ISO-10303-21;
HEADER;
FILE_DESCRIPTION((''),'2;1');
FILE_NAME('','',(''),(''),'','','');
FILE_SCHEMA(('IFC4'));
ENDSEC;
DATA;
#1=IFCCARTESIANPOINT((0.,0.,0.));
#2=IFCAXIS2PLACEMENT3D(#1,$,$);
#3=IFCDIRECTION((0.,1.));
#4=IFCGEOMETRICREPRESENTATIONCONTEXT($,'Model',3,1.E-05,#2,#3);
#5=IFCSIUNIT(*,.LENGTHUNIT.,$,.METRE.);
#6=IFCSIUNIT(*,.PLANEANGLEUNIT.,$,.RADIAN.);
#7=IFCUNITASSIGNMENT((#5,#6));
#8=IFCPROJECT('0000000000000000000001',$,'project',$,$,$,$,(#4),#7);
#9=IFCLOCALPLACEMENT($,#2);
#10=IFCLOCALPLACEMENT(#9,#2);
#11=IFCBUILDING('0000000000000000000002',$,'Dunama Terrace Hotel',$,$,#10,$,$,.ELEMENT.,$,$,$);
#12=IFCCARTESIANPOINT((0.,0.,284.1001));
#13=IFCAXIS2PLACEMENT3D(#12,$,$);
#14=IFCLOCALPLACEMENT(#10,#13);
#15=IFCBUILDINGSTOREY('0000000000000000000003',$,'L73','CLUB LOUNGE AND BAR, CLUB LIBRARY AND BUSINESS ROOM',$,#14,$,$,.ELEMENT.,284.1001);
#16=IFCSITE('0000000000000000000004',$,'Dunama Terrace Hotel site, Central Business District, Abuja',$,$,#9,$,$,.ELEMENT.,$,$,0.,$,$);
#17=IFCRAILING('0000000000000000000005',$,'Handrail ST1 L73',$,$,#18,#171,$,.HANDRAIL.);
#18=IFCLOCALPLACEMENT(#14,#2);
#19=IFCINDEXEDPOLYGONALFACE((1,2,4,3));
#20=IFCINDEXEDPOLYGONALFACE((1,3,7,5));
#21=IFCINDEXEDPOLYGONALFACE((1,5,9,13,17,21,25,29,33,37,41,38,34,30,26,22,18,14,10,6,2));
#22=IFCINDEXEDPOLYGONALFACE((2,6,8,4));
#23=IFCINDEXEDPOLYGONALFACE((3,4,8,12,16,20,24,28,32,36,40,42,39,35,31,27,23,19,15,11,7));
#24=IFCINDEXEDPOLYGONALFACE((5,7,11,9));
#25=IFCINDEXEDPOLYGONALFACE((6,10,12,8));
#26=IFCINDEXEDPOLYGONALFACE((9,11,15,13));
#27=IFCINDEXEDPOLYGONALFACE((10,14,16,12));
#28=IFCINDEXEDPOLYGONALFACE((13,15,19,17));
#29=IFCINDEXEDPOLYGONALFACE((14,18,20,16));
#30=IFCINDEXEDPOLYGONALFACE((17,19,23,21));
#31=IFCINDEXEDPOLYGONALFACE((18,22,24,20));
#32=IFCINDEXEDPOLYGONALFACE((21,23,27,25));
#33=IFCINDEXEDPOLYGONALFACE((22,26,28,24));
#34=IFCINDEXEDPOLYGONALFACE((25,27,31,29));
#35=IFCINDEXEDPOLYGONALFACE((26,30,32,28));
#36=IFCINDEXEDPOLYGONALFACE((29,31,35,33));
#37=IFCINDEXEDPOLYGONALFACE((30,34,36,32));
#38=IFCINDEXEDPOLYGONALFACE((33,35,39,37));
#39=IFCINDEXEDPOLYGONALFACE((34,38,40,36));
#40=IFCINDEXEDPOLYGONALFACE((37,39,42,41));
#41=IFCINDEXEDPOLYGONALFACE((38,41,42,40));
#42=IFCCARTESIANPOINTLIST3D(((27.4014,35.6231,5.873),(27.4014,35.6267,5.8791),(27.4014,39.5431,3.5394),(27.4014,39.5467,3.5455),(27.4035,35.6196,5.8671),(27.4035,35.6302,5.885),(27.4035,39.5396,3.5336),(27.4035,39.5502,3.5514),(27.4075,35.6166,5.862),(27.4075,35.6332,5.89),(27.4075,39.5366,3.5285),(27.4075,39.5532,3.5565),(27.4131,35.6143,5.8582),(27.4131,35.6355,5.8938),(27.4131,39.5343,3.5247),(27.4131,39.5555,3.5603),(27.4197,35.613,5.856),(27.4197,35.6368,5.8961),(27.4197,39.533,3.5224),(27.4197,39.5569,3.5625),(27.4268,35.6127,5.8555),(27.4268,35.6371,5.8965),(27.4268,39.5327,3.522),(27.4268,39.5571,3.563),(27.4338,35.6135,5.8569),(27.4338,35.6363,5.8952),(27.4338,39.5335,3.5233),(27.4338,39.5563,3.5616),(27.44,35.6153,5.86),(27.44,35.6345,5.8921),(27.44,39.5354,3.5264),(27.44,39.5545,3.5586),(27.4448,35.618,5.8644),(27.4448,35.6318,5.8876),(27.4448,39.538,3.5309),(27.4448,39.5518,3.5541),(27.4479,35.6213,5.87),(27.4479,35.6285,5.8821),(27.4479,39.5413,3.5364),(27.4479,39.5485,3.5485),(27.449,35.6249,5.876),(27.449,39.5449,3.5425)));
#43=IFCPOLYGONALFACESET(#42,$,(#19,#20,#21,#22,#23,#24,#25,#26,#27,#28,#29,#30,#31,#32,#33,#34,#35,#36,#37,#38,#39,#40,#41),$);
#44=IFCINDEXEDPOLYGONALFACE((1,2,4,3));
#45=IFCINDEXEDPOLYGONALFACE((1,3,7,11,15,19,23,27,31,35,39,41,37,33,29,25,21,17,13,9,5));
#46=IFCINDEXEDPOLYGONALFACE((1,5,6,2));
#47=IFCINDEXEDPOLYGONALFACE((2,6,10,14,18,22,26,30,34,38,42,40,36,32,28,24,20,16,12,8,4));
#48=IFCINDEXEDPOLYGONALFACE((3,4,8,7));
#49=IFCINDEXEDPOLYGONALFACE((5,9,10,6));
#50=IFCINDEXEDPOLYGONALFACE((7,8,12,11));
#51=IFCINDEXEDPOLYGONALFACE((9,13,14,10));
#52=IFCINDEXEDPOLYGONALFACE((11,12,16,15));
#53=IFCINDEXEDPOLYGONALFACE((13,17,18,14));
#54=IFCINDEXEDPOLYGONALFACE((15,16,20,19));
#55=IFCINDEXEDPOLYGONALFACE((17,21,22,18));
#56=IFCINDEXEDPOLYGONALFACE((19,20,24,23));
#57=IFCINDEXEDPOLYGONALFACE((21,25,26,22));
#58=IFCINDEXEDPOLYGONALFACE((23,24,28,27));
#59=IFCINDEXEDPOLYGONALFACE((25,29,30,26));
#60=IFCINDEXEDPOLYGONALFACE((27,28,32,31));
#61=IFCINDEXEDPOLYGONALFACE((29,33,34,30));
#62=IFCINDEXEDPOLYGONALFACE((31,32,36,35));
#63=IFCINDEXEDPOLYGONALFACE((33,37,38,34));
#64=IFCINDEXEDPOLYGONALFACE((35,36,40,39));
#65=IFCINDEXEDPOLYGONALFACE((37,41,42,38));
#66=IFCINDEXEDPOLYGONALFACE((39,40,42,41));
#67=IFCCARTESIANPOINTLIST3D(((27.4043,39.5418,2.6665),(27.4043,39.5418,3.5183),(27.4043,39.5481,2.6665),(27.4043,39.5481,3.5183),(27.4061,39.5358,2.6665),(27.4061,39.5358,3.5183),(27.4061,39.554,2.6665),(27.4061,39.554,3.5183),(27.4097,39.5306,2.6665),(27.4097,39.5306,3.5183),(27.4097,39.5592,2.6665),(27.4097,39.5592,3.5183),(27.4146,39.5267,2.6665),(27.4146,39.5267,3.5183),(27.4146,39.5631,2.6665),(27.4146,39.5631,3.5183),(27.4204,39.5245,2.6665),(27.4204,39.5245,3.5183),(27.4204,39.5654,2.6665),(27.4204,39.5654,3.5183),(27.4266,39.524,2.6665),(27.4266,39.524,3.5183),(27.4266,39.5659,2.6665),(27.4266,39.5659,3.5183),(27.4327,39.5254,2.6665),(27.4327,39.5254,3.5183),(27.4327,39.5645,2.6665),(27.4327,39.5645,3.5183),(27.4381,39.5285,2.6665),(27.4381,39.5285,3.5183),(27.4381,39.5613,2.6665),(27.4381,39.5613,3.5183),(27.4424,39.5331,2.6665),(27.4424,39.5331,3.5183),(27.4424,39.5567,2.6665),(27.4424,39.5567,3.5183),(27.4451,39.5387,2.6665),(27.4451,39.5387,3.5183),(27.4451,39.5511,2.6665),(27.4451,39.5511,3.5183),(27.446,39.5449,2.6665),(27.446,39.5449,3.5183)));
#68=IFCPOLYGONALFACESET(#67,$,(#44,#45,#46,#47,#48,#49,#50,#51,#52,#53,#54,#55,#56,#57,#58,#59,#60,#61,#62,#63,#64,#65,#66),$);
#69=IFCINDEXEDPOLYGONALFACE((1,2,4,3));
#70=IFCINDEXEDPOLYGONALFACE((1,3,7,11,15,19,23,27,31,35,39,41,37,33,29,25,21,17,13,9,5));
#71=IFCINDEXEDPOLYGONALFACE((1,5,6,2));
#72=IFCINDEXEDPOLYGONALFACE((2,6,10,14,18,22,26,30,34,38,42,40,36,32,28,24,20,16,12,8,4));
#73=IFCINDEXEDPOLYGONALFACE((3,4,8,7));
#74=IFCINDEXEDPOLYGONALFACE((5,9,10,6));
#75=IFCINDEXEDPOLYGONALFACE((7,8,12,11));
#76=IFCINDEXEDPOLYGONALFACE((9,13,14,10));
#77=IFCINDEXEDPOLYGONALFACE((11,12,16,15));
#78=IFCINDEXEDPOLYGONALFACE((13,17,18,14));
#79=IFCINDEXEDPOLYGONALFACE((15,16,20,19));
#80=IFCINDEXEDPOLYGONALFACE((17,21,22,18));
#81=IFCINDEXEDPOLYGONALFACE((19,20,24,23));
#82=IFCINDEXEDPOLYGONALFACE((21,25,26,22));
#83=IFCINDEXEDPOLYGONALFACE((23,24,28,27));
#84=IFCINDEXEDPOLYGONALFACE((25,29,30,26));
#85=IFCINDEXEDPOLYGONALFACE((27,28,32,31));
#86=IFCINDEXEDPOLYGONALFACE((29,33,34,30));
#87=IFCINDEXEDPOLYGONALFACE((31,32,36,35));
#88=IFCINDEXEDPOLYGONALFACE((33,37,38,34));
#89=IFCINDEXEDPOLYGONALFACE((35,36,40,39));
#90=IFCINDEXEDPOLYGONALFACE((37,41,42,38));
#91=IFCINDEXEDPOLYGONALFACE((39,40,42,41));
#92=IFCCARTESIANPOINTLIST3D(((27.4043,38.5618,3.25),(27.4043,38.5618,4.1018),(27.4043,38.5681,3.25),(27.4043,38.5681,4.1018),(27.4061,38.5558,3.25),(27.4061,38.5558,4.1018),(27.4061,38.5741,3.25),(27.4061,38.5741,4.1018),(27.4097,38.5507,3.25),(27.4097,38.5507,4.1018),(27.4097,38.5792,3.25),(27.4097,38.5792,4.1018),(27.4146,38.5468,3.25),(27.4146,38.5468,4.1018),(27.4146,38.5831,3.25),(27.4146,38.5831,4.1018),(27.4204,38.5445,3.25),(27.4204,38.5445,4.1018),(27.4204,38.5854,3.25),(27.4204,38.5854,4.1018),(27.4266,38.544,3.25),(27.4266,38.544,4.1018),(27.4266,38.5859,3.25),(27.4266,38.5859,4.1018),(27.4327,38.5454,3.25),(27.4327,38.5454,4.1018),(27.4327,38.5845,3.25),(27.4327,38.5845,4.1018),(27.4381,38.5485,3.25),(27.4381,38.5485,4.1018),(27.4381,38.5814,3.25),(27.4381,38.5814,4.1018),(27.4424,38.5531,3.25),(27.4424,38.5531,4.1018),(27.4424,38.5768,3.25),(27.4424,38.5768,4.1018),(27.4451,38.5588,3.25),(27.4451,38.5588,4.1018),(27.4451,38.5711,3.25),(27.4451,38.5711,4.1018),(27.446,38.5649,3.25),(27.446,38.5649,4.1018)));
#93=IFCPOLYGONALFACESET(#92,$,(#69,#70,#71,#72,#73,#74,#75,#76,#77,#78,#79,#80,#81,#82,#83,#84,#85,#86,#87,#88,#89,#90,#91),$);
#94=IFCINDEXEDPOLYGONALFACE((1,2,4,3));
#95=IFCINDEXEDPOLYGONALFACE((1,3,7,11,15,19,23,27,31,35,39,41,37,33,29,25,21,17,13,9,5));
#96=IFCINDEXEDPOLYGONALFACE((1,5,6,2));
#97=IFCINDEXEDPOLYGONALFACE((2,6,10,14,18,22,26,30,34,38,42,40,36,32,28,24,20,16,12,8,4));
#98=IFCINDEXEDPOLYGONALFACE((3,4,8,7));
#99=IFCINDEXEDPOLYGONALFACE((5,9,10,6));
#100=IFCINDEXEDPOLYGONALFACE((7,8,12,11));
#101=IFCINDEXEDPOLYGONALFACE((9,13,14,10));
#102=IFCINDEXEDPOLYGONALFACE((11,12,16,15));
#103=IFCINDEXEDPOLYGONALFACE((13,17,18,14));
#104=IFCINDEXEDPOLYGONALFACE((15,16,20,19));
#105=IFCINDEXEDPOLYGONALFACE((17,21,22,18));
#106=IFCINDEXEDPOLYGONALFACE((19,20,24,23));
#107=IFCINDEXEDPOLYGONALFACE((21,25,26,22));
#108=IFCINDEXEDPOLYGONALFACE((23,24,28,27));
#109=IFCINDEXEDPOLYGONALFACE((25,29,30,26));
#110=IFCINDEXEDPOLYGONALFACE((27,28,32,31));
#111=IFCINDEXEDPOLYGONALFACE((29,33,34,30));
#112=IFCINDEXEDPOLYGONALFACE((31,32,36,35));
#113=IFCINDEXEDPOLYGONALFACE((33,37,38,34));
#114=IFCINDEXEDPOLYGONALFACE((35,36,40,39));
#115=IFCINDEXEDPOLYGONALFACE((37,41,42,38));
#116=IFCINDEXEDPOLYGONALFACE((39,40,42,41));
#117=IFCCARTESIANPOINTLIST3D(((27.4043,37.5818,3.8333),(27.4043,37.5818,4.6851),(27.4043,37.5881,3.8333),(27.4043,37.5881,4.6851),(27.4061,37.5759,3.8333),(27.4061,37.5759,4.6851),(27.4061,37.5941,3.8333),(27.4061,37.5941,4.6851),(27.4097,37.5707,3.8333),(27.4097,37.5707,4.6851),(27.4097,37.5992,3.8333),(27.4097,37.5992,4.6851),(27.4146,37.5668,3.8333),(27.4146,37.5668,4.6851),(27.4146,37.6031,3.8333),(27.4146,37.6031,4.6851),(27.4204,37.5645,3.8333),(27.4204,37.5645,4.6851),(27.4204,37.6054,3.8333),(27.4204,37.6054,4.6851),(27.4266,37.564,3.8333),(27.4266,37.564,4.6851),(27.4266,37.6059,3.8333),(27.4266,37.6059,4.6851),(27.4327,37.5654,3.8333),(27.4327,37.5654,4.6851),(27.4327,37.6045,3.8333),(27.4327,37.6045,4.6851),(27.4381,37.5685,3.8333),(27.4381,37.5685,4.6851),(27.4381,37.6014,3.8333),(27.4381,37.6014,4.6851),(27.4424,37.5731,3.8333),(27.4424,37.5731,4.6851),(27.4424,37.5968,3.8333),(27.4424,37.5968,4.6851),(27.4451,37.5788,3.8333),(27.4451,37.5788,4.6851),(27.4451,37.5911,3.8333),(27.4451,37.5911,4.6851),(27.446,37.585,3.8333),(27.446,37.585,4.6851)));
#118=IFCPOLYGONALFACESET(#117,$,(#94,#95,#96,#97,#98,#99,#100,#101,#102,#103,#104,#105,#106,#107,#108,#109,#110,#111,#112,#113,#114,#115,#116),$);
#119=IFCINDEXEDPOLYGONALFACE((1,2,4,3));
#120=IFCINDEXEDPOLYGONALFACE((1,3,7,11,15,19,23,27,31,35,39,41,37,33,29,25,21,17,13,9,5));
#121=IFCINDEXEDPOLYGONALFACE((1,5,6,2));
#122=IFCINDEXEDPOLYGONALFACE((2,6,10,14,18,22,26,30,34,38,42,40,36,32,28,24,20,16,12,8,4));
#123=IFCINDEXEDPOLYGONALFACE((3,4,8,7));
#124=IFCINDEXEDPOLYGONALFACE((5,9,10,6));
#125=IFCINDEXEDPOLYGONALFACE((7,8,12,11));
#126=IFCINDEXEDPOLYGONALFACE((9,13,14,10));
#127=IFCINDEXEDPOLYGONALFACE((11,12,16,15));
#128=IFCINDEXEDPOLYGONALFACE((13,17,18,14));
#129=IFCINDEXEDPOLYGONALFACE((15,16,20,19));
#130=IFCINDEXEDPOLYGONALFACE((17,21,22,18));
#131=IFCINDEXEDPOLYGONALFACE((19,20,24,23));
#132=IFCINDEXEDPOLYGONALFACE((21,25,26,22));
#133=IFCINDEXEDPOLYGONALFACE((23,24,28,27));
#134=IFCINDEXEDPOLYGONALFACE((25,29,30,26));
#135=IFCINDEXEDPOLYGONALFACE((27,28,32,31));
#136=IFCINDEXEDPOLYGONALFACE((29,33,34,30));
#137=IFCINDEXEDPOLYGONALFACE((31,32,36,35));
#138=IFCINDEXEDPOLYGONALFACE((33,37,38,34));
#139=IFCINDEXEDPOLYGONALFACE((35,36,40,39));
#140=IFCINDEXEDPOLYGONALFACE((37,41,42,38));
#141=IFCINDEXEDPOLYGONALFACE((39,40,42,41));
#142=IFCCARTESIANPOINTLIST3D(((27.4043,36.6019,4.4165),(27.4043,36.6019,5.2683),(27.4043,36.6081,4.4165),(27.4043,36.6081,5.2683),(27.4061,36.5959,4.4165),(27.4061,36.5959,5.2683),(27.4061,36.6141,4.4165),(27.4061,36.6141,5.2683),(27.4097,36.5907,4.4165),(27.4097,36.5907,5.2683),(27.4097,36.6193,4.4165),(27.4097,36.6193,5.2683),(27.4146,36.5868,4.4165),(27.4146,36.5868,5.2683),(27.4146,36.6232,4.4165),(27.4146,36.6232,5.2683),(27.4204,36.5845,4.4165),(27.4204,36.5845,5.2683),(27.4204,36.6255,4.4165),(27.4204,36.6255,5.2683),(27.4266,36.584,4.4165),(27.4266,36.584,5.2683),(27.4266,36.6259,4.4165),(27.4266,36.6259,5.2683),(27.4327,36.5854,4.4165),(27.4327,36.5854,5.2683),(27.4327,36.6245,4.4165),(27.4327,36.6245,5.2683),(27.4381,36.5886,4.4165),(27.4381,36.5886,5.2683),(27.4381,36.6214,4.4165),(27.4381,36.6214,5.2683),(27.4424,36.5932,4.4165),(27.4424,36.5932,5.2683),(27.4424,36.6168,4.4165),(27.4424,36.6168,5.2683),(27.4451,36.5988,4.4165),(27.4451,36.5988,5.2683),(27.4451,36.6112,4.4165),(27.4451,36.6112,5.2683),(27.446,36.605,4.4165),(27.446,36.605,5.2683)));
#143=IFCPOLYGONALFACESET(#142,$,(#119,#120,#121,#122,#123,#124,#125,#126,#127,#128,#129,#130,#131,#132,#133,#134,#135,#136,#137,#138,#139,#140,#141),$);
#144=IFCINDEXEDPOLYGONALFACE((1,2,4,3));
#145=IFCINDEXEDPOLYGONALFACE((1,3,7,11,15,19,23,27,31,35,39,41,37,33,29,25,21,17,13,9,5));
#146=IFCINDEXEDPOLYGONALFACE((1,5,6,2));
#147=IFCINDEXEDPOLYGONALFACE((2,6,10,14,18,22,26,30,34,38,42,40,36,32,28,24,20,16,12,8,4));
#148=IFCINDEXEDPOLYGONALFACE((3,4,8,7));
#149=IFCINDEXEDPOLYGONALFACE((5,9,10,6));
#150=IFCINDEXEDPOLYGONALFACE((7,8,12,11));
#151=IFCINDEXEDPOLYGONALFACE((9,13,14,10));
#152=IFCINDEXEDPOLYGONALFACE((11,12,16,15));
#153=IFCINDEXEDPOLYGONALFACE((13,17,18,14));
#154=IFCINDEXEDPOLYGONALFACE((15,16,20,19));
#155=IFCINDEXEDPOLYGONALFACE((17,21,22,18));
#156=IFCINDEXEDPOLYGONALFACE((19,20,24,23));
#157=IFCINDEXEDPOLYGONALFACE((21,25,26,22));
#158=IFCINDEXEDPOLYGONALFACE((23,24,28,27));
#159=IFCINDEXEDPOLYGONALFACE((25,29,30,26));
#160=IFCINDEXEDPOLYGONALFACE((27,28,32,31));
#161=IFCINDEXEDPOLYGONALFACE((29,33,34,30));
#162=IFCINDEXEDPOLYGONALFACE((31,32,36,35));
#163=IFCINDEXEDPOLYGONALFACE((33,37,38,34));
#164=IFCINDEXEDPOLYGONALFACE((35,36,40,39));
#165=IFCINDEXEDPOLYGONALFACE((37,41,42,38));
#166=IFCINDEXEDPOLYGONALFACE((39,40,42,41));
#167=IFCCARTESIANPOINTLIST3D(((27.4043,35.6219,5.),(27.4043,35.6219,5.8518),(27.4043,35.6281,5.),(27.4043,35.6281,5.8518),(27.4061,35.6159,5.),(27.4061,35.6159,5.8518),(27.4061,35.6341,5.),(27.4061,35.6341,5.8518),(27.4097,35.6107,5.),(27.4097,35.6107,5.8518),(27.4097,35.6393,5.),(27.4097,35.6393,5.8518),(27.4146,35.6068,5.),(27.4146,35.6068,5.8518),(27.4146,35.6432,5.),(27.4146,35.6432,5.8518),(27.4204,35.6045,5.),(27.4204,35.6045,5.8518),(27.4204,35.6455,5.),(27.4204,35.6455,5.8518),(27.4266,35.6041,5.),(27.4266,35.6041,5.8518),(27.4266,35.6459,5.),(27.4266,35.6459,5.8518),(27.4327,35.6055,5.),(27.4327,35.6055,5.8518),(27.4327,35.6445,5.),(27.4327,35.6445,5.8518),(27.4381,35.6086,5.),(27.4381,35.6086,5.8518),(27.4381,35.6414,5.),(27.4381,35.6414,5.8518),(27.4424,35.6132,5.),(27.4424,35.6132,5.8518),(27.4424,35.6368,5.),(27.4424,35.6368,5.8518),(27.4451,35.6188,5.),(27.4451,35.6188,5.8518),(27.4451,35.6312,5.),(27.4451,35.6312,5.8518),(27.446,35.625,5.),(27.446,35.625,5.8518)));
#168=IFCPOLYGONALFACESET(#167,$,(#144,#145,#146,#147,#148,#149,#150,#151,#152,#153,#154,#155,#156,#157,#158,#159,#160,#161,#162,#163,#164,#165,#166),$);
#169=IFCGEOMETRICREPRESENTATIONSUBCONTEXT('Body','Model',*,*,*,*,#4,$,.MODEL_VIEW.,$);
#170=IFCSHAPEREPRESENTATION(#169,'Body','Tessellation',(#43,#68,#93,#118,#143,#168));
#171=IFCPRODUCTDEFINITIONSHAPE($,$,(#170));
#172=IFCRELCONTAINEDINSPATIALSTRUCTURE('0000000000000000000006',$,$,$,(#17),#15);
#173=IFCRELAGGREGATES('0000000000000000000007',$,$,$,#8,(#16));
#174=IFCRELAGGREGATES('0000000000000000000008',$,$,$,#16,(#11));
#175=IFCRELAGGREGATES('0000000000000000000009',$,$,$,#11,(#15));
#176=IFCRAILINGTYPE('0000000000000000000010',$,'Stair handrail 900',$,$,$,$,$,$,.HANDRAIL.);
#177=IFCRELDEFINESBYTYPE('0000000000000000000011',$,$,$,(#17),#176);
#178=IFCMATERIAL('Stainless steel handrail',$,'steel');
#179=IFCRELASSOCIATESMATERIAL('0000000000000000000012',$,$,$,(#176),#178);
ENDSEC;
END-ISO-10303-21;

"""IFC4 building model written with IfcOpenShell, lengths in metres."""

from ifc_helpers import new_model, si_unit, direction, frame, origin, origin_2d, place, context, subcontext, project, spatial, circle, extrude, material, type_object, element, save


model = new_model("IFC4")

# Units and contexts
model_context = context("Model", 3, precision=1e-05, world=origin(), true_north=direction((0.0, 1.0)))
body_context = subcontext(model_context, "Body", "Model", "MODEL_VIEW")
ifc_project = project(units=[si_unit("LENGTHUNIT", "METRE"), si_unit("PLANEANGLEUNIT", "RADIAN")], contexts=[model_context])

# Site, building, storey
site_placement = place(None, origin())
site = spatial("IfcSite", under=ifc_project, at=site_placement, Name="Dunama Terrace Hotel site, Central Business District, Abuja", CompositionType="ELEMENT", RefElevation=0.0)
building_placement = place(site_placement, origin())
building = spatial("IfcBuilding", under=site, at=building_placement, Name="Dunama Terrace Hotel", CompositionType="ELEMENT")
storey_placement = place(building_placement, frame((0.0, 0.0, 284.1001)))
storey = spatial("IfcBuildingStorey", under=building, at=storey_placement, Name="L73", Description="CLUB LOUNGE AND BAR, CLUB LIBRARY AND BUSINESS ROOM", CompositionType="ELEMENT", Elevation=284.1001)

# Railing
ifc_material_1 = material(Name="Stainless steel handrail", Category="steel")
railing_type = type_object("IfcRailingType", Name="Stair handrail 900", PredefinedType="HANDRAIL", material=ifc_material_1)
railing_1_placement = place(storey_placement, frame((27.425, 39.5449, 2.6665)))
element("IfcRailing", 1, at=railing_1_placement, inside=storey, type_object=railing_type, Name="Handrail ST1 L73", PredefinedType="HANDRAIL", context=body_context, shape_type="SweptSolid", body=[
    extrude(circle(Radius=0.0239, at=origin_2d()), frame((0.0, 0.0, 0.876), z_axis=(0.0, -0.859273, 0.511518), x_axis=(1.0, 0.0, 0.0)), (0.0, 0.0, 1.0), 4.562),
    extrude(circle(Radius=0.021, at=origin_2d()), origin(), (0.0, 0.0, 1.0), 0.8518),
    extrude(circle(Radius=0.021, at=origin_2d()), frame((0.0, -0.98, 0.5835)), (0.0, 0.0, 1.0), 0.8518),
    extrude(circle(Radius=0.021, at=origin_2d()), frame((0.0, -1.96, 1.1667)), (0.0, 0.0, 1.0), 0.8518),
    extrude(circle(Radius=0.021, at=origin_2d()), frame((0.0, -2.9399, 1.75)), (0.0, 0.0, 1.0), 0.8518),
    extrude(circle(Radius=0.021, at=origin_2d()), frame((0.0, -3.9199, 2.3335)), (0.0, 0.0, 1.0), 0.8518),
])

save(model, "model.ifc")
